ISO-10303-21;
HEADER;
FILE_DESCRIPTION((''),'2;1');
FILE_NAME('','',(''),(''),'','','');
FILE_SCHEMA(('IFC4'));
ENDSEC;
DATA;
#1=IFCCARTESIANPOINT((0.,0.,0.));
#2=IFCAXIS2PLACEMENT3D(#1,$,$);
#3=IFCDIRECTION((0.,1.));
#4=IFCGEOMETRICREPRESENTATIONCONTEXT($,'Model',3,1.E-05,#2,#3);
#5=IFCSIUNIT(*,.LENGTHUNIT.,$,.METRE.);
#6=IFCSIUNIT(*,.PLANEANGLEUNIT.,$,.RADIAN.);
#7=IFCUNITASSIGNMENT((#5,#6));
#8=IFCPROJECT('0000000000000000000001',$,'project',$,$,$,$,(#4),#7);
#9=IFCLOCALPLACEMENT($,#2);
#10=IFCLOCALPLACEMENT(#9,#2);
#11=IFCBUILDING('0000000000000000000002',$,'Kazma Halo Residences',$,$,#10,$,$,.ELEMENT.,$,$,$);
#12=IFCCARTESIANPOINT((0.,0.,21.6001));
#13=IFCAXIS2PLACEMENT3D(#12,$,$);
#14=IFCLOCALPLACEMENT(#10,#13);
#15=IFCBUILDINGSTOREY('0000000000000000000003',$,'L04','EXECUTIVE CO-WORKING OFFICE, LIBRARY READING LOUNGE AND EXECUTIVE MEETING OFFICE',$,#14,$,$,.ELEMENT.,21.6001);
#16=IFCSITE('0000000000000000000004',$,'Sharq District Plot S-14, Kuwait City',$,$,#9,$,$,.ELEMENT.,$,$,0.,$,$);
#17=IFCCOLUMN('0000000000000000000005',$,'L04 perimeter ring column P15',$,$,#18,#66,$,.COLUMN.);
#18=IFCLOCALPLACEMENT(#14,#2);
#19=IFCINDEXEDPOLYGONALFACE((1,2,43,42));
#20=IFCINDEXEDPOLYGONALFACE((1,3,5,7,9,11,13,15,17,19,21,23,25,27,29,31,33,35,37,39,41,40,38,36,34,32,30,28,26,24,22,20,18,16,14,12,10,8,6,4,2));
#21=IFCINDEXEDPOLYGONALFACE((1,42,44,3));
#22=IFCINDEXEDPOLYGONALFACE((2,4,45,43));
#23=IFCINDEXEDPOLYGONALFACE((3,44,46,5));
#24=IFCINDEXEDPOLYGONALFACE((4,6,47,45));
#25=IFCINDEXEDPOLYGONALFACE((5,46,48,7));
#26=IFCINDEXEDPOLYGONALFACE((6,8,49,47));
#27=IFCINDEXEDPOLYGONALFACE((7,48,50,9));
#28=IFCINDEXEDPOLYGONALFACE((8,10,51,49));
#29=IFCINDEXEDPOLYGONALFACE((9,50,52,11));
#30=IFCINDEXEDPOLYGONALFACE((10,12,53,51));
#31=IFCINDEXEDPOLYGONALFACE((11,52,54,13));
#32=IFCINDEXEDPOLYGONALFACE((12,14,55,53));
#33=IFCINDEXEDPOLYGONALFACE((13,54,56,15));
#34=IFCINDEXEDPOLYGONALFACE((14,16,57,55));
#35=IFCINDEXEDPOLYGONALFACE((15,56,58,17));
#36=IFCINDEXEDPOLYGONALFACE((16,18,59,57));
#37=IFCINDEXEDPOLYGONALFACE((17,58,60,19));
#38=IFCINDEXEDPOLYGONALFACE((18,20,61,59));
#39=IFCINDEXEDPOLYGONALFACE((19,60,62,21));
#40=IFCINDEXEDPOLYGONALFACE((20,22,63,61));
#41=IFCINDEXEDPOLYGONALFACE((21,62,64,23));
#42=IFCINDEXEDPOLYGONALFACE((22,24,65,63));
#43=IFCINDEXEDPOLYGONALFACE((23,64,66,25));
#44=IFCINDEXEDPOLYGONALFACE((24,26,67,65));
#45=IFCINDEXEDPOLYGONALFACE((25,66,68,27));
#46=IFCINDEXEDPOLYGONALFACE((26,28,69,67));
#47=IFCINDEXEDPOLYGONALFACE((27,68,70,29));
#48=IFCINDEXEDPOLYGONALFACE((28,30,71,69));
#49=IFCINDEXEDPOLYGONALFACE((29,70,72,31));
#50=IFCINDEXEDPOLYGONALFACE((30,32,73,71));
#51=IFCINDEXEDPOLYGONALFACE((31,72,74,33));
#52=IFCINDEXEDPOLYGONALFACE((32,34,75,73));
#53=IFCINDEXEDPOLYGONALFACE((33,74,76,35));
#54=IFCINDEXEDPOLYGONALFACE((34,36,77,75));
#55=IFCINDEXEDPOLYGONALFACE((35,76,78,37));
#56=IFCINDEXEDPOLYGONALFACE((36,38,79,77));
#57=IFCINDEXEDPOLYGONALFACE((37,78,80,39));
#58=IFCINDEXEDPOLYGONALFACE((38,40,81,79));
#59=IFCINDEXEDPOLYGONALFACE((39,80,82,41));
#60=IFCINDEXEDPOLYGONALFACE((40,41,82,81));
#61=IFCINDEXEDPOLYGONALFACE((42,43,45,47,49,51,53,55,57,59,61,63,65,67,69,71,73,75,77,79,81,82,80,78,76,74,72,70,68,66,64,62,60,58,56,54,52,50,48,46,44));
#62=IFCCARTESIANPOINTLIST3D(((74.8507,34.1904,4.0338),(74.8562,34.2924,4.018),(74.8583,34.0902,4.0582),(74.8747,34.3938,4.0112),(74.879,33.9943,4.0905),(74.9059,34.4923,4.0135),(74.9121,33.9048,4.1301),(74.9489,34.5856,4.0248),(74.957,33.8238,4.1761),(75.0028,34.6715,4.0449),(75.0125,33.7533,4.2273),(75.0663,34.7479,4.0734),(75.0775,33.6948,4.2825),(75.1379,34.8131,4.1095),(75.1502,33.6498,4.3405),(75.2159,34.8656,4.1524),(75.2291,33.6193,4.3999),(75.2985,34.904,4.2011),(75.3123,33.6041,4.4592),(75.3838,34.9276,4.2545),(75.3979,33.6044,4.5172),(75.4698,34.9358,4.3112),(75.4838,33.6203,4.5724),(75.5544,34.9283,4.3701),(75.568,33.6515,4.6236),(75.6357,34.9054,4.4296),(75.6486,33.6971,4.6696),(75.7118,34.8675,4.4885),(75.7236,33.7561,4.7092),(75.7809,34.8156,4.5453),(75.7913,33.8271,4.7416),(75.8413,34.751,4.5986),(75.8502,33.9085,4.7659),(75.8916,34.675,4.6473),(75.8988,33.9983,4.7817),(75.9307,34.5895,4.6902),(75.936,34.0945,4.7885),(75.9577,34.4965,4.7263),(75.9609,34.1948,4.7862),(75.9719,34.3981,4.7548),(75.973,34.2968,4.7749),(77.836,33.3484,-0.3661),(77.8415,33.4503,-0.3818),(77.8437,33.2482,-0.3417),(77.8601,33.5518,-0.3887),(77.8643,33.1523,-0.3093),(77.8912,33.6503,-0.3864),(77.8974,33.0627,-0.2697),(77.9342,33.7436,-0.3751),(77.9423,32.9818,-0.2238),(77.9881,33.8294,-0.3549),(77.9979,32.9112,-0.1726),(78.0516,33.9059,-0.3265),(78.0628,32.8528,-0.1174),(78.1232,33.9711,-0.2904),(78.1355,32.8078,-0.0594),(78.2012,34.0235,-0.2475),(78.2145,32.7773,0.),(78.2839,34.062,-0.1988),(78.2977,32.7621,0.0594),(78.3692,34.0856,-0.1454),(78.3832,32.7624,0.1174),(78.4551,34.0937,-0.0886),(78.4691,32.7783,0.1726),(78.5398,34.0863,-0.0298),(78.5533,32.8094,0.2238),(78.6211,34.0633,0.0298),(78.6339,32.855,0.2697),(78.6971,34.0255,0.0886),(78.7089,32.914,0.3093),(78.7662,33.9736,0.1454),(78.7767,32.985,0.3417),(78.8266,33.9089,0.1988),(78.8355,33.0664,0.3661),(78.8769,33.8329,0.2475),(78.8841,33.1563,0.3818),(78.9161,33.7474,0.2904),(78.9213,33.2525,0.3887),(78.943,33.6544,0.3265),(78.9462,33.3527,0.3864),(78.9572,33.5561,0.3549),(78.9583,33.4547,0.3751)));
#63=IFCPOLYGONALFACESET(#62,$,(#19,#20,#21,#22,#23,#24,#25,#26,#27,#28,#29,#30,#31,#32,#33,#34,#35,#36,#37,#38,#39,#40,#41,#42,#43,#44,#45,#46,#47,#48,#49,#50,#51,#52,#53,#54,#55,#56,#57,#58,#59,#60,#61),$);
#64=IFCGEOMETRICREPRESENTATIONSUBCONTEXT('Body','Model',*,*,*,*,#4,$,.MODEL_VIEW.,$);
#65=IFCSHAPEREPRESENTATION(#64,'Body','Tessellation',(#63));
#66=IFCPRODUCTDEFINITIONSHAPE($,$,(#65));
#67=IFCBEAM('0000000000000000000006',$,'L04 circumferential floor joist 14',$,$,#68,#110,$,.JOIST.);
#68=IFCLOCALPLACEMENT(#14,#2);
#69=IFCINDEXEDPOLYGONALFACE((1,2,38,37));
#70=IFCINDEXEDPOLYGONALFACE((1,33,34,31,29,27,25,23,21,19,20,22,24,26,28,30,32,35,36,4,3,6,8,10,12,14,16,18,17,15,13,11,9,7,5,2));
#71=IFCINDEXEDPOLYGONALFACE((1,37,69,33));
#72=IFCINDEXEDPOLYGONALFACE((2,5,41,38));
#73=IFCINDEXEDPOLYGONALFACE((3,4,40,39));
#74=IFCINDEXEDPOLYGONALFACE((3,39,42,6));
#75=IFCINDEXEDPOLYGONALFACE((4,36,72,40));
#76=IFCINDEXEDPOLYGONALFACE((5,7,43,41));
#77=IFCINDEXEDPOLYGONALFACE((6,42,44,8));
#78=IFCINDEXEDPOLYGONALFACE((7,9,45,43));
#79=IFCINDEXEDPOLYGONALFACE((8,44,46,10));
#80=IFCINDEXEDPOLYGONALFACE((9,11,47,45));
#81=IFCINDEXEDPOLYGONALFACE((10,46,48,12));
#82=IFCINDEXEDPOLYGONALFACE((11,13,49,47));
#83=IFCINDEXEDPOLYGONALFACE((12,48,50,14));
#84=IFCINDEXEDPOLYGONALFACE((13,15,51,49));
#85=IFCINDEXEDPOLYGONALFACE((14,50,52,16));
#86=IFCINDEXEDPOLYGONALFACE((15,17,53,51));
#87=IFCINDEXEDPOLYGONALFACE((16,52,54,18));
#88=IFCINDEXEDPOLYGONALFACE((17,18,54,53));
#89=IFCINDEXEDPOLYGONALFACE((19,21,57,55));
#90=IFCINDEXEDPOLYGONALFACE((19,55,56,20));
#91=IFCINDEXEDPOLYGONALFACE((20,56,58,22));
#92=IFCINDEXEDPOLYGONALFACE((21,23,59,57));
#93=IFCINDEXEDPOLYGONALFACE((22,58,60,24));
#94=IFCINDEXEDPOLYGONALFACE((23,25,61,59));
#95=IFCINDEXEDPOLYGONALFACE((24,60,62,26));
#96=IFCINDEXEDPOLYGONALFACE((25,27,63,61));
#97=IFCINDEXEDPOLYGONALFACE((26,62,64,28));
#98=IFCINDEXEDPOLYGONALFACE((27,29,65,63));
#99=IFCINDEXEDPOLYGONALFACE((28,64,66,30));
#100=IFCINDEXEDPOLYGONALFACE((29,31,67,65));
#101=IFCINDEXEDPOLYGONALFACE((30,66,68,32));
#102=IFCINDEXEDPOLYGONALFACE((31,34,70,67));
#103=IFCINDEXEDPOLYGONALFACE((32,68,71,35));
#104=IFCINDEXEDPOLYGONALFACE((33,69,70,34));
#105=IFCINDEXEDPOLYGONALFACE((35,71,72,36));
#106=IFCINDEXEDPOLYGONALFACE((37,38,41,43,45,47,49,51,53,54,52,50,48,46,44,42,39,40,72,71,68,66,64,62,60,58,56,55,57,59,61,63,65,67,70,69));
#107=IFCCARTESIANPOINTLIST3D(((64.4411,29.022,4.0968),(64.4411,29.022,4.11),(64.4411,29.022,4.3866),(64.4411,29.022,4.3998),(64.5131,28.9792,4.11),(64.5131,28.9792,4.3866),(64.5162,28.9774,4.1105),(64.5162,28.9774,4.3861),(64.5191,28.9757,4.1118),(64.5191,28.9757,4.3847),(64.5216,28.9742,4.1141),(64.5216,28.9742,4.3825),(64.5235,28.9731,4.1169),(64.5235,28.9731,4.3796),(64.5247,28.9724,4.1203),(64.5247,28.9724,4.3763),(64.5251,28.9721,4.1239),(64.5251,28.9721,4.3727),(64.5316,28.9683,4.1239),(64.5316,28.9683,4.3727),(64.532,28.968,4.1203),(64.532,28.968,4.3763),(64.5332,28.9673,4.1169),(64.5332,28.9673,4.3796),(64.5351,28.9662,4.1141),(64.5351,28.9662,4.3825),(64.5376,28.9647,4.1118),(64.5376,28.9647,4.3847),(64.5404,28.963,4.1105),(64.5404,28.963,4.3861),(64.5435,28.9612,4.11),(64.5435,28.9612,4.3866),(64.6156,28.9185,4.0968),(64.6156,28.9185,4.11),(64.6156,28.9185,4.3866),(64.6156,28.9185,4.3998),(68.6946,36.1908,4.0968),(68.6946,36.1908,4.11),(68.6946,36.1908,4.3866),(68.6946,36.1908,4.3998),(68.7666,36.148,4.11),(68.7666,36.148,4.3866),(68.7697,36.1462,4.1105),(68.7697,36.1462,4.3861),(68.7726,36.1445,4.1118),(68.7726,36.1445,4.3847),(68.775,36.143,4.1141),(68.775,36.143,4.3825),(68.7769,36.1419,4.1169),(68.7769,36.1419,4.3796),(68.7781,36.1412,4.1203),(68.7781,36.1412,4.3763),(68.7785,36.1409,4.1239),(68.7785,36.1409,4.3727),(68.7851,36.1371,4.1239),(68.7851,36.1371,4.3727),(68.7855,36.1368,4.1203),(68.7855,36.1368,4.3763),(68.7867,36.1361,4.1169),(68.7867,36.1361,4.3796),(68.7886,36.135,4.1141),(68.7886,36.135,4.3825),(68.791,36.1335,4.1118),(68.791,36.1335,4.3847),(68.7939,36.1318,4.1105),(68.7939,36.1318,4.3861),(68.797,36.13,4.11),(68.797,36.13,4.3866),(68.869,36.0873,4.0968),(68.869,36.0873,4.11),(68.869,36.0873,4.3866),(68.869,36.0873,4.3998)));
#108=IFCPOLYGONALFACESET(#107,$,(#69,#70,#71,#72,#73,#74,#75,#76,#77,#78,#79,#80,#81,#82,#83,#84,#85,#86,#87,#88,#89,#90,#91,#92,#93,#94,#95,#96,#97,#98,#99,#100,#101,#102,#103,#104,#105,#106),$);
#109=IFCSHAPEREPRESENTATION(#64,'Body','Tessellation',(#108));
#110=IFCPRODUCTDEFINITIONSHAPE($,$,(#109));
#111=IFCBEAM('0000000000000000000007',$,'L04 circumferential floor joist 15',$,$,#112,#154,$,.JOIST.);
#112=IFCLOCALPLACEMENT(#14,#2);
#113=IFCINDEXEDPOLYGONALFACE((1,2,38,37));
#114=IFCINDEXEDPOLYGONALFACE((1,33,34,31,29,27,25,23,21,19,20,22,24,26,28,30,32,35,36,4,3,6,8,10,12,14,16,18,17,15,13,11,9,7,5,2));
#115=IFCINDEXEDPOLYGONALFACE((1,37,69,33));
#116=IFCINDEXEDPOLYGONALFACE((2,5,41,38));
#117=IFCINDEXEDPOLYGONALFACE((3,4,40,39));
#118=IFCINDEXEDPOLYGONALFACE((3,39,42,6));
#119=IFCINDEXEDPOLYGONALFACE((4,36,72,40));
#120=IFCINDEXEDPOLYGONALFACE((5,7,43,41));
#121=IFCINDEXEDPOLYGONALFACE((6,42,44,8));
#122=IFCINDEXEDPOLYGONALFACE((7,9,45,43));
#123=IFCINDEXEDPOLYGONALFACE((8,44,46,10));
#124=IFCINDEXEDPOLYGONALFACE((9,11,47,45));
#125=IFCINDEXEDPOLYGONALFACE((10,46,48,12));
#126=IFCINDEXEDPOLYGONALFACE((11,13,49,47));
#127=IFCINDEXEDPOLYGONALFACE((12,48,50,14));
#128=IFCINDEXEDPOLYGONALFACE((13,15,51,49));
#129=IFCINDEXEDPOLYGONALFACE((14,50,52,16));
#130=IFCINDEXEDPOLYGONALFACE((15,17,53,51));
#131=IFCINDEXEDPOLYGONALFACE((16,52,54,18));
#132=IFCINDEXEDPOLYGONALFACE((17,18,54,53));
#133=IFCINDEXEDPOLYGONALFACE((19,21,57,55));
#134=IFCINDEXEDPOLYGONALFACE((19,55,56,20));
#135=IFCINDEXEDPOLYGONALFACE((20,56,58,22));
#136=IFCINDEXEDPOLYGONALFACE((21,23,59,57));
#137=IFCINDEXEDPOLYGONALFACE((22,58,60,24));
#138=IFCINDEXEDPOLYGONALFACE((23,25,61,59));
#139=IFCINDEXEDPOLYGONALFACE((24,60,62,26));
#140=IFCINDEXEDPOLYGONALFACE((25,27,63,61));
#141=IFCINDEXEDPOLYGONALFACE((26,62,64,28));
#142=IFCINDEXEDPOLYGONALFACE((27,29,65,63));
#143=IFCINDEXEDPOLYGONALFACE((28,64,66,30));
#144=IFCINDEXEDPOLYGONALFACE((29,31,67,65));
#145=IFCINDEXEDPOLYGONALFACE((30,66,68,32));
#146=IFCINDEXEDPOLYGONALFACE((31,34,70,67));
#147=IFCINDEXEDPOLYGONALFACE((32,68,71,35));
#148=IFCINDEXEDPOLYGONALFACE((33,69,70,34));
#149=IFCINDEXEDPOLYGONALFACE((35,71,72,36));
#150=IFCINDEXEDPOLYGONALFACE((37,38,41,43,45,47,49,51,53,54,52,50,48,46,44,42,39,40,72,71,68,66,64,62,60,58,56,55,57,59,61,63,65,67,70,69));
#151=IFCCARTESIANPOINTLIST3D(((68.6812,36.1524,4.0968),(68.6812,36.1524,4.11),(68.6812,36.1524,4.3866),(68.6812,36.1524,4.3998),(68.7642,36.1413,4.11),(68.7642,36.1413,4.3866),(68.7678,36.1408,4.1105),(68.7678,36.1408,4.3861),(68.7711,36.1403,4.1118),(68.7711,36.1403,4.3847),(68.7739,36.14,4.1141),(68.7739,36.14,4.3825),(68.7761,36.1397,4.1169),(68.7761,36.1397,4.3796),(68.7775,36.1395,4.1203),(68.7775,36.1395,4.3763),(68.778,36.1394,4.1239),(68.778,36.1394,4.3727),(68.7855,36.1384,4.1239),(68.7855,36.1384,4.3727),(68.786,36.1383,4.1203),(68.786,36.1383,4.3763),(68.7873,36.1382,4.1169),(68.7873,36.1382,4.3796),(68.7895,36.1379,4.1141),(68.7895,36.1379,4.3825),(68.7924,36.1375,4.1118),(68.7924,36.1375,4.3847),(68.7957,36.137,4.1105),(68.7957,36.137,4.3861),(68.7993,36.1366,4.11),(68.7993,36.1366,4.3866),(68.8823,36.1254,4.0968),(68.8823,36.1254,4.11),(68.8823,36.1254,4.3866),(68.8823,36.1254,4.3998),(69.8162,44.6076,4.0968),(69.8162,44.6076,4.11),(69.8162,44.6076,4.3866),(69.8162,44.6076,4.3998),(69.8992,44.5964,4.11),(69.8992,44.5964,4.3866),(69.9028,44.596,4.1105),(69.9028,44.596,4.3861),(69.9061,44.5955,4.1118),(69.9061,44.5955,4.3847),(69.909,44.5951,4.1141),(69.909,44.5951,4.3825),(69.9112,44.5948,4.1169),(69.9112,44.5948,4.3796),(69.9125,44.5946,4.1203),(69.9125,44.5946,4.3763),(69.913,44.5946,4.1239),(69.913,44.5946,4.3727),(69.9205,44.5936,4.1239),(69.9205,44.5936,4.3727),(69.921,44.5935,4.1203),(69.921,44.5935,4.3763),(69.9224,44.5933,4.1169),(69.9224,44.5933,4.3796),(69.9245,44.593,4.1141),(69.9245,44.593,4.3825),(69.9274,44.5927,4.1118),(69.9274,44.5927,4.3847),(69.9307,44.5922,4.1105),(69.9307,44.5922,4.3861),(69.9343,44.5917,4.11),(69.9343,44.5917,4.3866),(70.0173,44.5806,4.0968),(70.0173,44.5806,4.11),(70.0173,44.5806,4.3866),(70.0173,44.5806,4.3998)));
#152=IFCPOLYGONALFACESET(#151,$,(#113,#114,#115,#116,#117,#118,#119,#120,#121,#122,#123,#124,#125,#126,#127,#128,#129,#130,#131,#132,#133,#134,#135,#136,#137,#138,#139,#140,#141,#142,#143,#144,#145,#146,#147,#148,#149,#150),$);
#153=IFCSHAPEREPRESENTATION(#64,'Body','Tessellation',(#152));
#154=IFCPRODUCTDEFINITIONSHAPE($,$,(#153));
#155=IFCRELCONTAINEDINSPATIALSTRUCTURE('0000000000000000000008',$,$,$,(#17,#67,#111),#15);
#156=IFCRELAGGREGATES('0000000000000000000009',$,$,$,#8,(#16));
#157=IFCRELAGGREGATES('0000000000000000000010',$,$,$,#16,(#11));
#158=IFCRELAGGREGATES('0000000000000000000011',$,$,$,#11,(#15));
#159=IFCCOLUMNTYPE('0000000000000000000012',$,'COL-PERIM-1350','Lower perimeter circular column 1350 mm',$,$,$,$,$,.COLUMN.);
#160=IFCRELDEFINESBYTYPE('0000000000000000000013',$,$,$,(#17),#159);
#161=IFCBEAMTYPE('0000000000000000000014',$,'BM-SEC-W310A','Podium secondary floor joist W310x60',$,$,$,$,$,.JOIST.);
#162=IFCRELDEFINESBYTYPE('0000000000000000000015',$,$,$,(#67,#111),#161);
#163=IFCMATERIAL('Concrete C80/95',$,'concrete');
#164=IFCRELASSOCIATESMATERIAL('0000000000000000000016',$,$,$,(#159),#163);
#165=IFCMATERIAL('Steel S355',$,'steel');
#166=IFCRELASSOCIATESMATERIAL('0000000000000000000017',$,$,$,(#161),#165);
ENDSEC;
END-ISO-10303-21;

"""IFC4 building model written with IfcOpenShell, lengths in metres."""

from ifc_helpers import new_model, si_unit, direction, frame, origin, origin_2d, place, context, subcontext, project, spatial, circle, i_section, extrude, material, material_profile, profile_set, type_object, element, save


model = new_model("IFC4")

# Units and contexts
model_context = context("Model", 3, precision=1e-05, world=origin(), true_north=direction((0.0, 1.0)))
body_context = subcontext(model_context, "Body", "Model", "MODEL_VIEW")
ifc_project = project(units=[si_unit("LENGTHUNIT", "METRE"), si_unit("PLANEANGLEUNIT", "RADIAN")], contexts=[model_context])

# Site, building, storey
site_placement = place(None, origin())
site = spatial("IfcSite", under=ifc_project, at=site_placement, Name="Sharq District Plot S-14, Kuwait City", CompositionType="ELEMENT", RefElevation=0.0)
building_placement = place(site_placement, origin())
building = spatial("IfcBuilding", under=site, at=building_placement, Name="Kazma Halo Residences", CompositionType="ELEMENT")
storey_placement = place(building_placement, frame((0.0, 0.0, 21.6001)))
storey = spatial("IfcBuildingStorey", under=building, at=storey_placement, Name="L04", Description="EXECUTIVE CO-WORKING OFFICE, LIBRARY READING LOUNGE AND EXECUTIVE MEETING OFFICE", CompositionType="ELEMENT", Elevation=21.6001)

# Column
ifc_material_1 = material(Name="Concrete C80/95", Category="concrete")
ifc_material_profile_1 = material_profile(ifc_material_1, circle(Radius=0.675, at=origin_2d()), Name="CIRC1350")
ifc_profile_set_1 = profile_set([ifc_material_profile_1], Name="Concrete C80/95")
column_type = type_object("IfcColumnType", Name="COL-PERIM-1350", Description="Lower perimeter circular column 1350 mm", PredefinedType="COLUMN", material=ifc_profile_set_1)
column_placement = place(storey_placement, frame((78.3977, 33.427, 0.0), z_axis=(-0.554552, 0.156416, 0.817316), x_axis=(-0.271466, -0.962448, 0.0)))
element("IfcColumn", 1, at=column_placement, inside=storey, type_object=column_type, Name="L04 perimeter ring column P15", PredefinedType="COLUMN", context=body_context, shape_type="SweptSolid", body=[
    extrude(circle(Radius=0.675, at=origin_2d()), origin(), (0.0, 0.0, 1.0), 5.3833),
])

# Beams
ifc_material_2 = material(Name="Steel S355", Category="steel")
ifc_material_profile_2 = material_profile(ifc_material_2, i_section(OverallWidth=0.2029, OverallDepth=0.303, WebThickness=0.0076, FlangeThickness=0.0132, FilletRadius=0.0139, at=origin_2d()), Name="W310x60")
ifc_profile_set_2 = profile_set([ifc_material_profile_2], Name="Steel S355")
beam_type_1 = type_object("IfcBeamType", Name="BM-SEC-W310A", Description="Podium secondary floor joist W310x60", PredefinedType="JOIST", material=ifc_profile_set_2)
beam_1_placement = place(storey_placement, frame((64.5283, 28.9702, 4.2483), z_axis=(0.510273, 0.860013, 0.0), x_axis=(-0.860013, 0.510273, 0.0)))
element("IfcBeam", 2, at=beam_1_placement, inside=storey, type_object=beam_type_1, Name="L04 circumferential floor joist 14", PredefinedType="JOIST", context=body_context, shape_type="SweptSolid", body=[
    extrude(i_section(OverallWidth=0.2029, OverallDepth=0.303, WebThickness=0.0076, FlangeThickness=0.0132, FilletRadius=0.0139, at=origin_2d()), origin(), (0.0, 0.0, 1.0), 8.3357),
])
beam_2_placement = place(storey_placement, frame((68.7817, 36.1389, 4.2483), z_axis=(0.133047, 0.99111, 0.0), x_axis=(-0.99111, 0.133047, 0.0)))
element("IfcBeam", 3, at=beam_2_placement, inside=storey, type_object=beam_type_1, Name="L04 circumferential floor joist 15", PredefinedType="JOIST", context=body_context, shape_type="SweptSolid", body=[
    extrude(i_section(OverallWidth=0.2029, OverallDepth=0.303, WebThickness=0.0076, FlangeThickness=0.0132, FilletRadius=0.0139, at=origin_2d()), origin(), (0.0, 0.0, 1.0), 8.531),
])

save(model, "model.ifc")
